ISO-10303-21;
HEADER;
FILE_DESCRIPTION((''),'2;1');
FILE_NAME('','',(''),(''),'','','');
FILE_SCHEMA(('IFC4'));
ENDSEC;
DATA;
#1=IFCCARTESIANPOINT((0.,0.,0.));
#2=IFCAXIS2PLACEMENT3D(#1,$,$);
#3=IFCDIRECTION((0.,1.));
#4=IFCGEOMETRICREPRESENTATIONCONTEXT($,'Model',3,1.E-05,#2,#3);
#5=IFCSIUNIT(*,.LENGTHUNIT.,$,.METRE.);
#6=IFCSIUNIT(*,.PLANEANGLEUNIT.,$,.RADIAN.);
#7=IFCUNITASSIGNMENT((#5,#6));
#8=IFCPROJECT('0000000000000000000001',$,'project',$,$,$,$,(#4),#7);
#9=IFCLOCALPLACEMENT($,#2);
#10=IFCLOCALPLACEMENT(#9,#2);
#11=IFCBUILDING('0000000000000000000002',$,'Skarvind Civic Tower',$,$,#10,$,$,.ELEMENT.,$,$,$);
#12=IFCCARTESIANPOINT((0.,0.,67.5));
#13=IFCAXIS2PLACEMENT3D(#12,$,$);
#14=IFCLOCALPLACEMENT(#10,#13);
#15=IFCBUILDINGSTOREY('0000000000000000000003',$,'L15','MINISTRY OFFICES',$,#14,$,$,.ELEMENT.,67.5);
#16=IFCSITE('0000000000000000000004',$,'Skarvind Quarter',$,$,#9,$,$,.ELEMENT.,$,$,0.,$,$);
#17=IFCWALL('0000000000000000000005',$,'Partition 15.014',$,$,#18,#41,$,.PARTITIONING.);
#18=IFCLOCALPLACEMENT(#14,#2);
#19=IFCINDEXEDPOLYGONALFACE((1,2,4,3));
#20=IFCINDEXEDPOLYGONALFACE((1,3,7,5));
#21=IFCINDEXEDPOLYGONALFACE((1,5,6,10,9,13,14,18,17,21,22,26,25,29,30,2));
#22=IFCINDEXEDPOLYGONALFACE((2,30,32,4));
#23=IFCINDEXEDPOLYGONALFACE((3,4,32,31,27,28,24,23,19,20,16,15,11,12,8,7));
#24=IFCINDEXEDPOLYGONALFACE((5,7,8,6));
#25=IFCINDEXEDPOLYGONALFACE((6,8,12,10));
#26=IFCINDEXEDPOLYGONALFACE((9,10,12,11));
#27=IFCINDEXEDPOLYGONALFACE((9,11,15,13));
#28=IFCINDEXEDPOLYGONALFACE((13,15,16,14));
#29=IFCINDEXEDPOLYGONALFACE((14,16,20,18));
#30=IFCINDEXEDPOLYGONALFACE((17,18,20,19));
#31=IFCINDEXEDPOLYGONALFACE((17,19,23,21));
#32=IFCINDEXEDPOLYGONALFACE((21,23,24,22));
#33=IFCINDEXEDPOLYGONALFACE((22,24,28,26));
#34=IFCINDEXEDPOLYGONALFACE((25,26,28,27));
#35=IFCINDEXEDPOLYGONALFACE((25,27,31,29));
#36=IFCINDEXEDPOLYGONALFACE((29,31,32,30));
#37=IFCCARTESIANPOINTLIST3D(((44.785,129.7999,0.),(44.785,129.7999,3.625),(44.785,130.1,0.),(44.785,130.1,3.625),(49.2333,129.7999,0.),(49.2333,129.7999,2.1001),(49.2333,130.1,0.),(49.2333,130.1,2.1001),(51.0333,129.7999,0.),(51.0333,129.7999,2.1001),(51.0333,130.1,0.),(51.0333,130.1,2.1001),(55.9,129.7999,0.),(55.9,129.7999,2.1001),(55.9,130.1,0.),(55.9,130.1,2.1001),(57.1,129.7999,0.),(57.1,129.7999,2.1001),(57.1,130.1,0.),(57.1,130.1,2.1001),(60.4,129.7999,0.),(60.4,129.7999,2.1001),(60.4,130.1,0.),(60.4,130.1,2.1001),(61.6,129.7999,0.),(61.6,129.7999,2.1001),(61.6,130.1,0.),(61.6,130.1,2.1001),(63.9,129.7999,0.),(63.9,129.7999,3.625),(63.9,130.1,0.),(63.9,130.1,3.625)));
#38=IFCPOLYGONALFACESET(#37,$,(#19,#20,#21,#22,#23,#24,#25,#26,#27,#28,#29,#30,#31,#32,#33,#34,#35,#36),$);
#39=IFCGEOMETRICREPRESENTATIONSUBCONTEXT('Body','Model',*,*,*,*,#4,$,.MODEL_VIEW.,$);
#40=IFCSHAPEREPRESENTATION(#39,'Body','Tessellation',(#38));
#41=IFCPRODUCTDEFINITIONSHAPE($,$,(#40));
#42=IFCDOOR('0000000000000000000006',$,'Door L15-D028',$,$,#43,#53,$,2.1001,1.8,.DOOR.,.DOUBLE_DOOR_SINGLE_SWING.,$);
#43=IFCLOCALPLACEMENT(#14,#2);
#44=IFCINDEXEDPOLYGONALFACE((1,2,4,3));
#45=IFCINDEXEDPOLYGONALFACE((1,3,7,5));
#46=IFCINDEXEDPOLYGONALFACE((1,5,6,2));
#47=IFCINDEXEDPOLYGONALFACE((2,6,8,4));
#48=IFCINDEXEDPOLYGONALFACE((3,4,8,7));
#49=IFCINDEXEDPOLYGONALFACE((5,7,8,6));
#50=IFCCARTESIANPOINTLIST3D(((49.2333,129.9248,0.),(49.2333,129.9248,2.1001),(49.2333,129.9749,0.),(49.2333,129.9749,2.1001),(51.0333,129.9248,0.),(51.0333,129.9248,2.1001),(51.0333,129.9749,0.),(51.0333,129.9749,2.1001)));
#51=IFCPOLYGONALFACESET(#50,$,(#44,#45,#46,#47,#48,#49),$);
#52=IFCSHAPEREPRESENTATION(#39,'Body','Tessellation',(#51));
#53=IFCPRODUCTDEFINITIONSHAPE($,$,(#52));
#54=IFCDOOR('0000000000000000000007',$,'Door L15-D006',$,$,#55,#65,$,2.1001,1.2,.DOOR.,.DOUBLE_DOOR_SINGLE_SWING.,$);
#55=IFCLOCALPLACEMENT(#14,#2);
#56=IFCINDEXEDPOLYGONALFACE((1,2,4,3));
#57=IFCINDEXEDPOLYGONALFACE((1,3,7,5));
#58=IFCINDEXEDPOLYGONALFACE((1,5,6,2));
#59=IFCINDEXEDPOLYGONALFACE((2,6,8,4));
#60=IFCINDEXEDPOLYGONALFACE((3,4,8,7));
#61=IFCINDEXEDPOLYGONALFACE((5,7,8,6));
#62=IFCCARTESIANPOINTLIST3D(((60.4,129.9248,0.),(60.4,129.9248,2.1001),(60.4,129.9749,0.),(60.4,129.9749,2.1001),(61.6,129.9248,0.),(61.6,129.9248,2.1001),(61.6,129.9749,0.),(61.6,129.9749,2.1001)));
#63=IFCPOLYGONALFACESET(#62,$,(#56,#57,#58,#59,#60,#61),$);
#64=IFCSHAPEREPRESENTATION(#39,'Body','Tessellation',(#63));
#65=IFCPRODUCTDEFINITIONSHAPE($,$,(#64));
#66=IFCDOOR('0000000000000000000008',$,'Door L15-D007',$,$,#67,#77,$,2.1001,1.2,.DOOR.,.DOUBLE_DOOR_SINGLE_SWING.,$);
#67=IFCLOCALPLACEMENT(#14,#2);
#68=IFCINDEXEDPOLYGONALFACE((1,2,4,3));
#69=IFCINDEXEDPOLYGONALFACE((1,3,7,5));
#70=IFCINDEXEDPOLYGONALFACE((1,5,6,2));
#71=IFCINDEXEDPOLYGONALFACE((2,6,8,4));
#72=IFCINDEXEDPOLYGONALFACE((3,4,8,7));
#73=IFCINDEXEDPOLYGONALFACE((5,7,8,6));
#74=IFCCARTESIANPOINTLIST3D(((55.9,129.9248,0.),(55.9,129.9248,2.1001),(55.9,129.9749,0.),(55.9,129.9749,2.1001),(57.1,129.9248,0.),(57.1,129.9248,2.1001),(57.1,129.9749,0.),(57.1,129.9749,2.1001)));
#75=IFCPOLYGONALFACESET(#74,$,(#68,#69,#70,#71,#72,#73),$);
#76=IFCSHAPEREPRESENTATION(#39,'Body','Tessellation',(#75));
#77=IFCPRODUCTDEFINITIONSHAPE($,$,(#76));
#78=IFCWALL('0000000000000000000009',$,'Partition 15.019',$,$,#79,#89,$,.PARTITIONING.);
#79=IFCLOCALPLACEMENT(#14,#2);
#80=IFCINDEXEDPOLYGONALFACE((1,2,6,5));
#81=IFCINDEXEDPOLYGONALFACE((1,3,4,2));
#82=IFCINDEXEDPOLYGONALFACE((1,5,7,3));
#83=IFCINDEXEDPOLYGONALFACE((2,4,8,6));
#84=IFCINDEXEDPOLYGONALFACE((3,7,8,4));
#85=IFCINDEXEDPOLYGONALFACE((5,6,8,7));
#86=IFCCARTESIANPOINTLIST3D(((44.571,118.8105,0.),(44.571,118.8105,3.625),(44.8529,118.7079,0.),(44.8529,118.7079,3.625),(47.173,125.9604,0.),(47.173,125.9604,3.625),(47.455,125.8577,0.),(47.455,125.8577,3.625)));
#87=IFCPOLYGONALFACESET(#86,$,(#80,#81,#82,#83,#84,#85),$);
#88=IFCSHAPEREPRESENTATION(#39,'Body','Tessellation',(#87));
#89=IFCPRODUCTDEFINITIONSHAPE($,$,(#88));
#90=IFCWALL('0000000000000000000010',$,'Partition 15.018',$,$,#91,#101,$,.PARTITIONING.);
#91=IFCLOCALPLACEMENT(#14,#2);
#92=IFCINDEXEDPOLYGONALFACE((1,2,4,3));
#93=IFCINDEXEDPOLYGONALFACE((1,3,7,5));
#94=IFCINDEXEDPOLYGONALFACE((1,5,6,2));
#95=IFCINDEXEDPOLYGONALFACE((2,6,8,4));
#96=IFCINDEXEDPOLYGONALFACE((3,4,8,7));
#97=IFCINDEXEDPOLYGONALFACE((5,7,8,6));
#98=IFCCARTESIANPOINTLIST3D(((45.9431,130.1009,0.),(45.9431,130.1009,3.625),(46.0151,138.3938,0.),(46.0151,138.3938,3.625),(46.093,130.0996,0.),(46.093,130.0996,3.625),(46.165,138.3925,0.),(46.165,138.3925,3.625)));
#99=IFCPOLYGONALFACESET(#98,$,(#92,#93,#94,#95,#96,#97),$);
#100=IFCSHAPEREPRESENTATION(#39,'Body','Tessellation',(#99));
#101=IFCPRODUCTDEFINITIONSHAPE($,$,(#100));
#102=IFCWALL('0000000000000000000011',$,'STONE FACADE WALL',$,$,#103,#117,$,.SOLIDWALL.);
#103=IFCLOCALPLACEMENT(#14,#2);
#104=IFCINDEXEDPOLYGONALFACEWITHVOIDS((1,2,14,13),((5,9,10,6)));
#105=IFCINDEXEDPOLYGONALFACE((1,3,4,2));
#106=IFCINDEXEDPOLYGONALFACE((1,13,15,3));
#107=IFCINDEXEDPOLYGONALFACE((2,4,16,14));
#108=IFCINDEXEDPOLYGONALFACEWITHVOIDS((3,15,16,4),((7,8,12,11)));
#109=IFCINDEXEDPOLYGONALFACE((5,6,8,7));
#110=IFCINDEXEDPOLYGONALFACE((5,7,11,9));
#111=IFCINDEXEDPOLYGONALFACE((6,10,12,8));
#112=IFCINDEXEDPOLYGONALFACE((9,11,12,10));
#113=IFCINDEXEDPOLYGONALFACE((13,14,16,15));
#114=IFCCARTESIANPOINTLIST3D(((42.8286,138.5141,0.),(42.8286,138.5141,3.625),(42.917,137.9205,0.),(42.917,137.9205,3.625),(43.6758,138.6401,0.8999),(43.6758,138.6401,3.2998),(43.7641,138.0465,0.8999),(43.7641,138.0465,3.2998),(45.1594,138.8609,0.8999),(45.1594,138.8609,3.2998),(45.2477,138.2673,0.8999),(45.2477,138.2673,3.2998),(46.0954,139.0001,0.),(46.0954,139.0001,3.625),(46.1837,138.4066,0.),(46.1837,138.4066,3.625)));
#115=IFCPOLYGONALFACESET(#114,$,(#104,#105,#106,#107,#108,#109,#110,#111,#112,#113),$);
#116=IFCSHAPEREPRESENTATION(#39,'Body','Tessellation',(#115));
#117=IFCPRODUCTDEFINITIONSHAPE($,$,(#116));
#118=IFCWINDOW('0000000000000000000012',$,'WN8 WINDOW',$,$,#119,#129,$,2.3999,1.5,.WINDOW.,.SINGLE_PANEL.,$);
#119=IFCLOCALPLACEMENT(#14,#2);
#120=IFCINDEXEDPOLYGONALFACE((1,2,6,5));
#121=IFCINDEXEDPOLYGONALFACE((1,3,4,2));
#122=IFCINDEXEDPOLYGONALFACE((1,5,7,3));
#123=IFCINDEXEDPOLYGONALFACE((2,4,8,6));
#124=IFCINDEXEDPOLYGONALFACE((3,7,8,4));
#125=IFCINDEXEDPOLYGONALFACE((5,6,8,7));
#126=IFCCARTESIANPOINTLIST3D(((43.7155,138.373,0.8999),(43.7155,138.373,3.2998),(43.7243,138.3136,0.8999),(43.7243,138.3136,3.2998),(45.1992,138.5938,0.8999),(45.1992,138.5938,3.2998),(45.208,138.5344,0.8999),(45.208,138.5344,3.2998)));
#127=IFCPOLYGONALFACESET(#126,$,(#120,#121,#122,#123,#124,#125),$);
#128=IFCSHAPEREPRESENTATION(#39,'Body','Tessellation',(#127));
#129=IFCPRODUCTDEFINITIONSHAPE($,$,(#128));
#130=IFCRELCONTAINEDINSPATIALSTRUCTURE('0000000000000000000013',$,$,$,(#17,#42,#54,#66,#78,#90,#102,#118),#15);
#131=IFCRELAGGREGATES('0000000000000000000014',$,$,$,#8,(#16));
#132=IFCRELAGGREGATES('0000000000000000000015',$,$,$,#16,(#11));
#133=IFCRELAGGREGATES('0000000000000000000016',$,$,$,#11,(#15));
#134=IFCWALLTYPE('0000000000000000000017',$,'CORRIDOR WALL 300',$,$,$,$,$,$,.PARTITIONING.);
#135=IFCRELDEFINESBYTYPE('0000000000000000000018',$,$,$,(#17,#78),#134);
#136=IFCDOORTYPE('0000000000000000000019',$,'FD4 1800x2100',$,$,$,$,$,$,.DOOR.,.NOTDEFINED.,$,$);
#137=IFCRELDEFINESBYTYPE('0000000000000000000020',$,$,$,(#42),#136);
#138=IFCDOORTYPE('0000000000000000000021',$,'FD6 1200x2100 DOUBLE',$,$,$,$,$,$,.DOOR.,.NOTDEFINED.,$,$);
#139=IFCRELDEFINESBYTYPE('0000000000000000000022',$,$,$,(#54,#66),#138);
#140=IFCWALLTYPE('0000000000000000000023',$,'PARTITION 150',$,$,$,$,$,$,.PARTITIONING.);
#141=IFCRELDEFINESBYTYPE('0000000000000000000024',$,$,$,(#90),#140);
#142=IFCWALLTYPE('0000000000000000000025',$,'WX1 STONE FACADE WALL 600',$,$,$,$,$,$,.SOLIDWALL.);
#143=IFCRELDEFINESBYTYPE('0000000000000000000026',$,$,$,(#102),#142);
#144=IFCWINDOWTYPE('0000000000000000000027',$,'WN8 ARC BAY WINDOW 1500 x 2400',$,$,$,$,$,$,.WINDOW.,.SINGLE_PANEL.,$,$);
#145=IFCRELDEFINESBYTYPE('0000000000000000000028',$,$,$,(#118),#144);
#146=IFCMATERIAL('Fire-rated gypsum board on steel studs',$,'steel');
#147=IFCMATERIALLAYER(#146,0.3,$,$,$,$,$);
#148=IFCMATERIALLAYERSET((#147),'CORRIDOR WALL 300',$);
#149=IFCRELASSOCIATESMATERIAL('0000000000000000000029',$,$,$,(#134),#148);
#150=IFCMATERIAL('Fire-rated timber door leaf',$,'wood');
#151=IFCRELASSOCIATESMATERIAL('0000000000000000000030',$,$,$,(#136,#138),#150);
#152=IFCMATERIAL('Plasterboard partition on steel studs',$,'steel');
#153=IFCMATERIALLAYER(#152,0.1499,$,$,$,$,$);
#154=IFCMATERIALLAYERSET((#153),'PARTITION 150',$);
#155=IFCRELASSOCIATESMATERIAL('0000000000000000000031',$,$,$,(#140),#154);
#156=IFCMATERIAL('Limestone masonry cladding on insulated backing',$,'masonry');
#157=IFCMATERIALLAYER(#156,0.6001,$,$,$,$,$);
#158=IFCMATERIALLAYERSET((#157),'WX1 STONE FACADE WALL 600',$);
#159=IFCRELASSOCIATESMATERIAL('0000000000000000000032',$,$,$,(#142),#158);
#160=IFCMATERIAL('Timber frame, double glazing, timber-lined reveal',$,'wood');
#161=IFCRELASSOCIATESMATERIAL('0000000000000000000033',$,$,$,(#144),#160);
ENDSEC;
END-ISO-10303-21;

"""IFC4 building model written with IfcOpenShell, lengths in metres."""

from ifc_helpers import new_model, si_unit, direction, frame, frame_2d, origin, place, context, subcontext, project, spatial, rectangle, extrude, material, layer, layer_set, type_object, element, fill, save


model = new_model("IFC4")

# Units and contexts
model_context = context("Model", 3, precision=1e-05, world=origin(), true_north=direction((0.0, 1.0)))
body_context = subcontext(model_context, "Body", "Model", "MODEL_VIEW")
ifc_project = project(units=[si_unit("LENGTHUNIT", "METRE"), si_unit("PLANEANGLEUNIT", "RADIAN")], contexts=[model_context])

# Site, building, storey
site_placement = place(None, origin())
site = spatial("IfcSite", under=ifc_project, at=site_placement, Name="Skarvind Quarter", CompositionType="ELEMENT", RefElevation=0.0)
building_placement = place(site_placement, origin())
building = spatial("IfcBuilding", under=site, at=building_placement, Name="Skarvind Civic Tower", CompositionType="ELEMENT")
storey_placement = place(building_placement, frame((0.0, 0.0, 67.5)))
storey = spatial("IfcBuildingStorey", under=building, at=storey_placement, Name="L15", Description="MINISTRY OFFICES", CompositionType="ELEMENT", Elevation=67.5)

# Wall, openings, doors
ifc_material_1 = material(Name="Fire-rated gypsum board on steel studs", Category="steel")
ifc_layer_1 = layer(ifc_material_1, 0.3)
ifc_layer_set_1 = layer_set([ifc_layer_1], Name="CORRIDOR WALL 300")
wall_type_1 = type_object("IfcWallType", Name="CORRIDOR WALL 300", PredefinedType="PARTITIONING", material=ifc_layer_set_1)
wall_1_placement = place(storey_placement, frame((44.7849, 129.95, 0.0), z_axis=(0.0, 0.0, 1.0), x_axis=(1.0, 0.0, 0.0)))
wall_1 = element("IfcWall", 1, at=wall_1_placement, inside=storey, type_object=wall_type_1, Name="Partition 15.014", PredefinedType="PARTITIONING", context=body_context, shape_type="SweptSolid", body=[
    extrude(rectangle(XDim=19.115, YDim=0.3, at=frame_2d((9.5576, 0.0))), origin(), (0.0, 0.0, 1.0), 3.625),
])
opening_1_placement = place(wall_1_placement, frame((15.615, 0.0, 0.0)))
opening_1 = element("IfcOpeningElement", 2, at=opening_1_placement, cuts=wall_1, PredefinedType="OPENING", context=body_context, shape_type="SweptSolid", body=[
    extrude(rectangle(XDim=1.2, YDim=2.1001, at=frame_2d((0.6001, 1.05))), frame((0.0, 0.1599, 0.0), z_axis=(0.0, -1.0, 0.0), x_axis=(1.0, 0.0, 0.0)), (0.0, 0.0, 1.0), 0.3201),
])
opening_2_placement = place(wall_1_placement, frame((11.115, 0.0, 0.0)))
opening_2 = element("IfcOpeningElement", 3, at=opening_2_placement, cuts=wall_1, PredefinedType="OPENING", context=body_context, shape_type="SweptSolid", body=[
    extrude(rectangle(XDim=1.2, YDim=2.1001, at=frame_2d((0.6001, 1.05))), frame((0.0, 0.1599, 0.0), z_axis=(0.0, -1.0, 0.0), x_axis=(1.0, 0.0, 0.0)), (0.0, 0.0, 1.0), 0.3201),
])
opening_3_placement = place(wall_1_placement, frame((4.4485, 0.0, 0.0)))
opening_3 = element("IfcOpeningElement", 4, at=opening_3_placement, cuts=wall_1, PredefinedType="OPENING", context=body_context, shape_type="SweptSolid", body=[
    extrude(rectangle(XDim=1.8, YDim=2.1001, at=frame_2d((0.8999, 1.05))), frame((0.0, 0.1599, 0.0), z_axis=(0.0, -1.0, 0.0), x_axis=(1.0, 0.0, 0.0)), (0.0, 0.0, 1.0), 0.3201),
])
ifc_material_2 = material(Name="Fire-rated timber door leaf", Category="wood")
door_type_1 = type_object("IfcDoorType", Name="FD4 1800x2100", OperationType="NOTDEFINED", PredefinedType="DOOR", material=ifc_material_2)
door_1_placement = place(opening_3_placement, origin())
door_1 = element("IfcDoor", 5, at=door_1_placement, inside=storey, type_object=door_type_1, Name="Door L15-D028", OperationType="DOUBLE_DOOR_SINGLE_SWING", OverallHeight=2.1001, OverallWidth=1.8, PredefinedType="DOOR", context=body_context, shape_type="SweptSolid", body=[
    extrude(rectangle(XDim=1.8, YDim=2.1001, at=frame_2d((0.8999, 1.05))), frame((0.0, 0.0249, 0.0), z_axis=(0.0, -1.0, 0.0), x_axis=(1.0, 0.0, 0.0)), (0.0, 0.0, 1.0), 0.05),
])
fill(opening_3, door_1)
door_type_2 = type_object("IfcDoorType", Name="FD6 1200x2100 DOUBLE", OperationType="NOTDEFINED", PredefinedType="DOOR", material=ifc_material_2)
door_2_placement = place(opening_1_placement, origin())
door_2 = element("IfcDoor", 6, at=door_2_placement, inside=storey, type_object=door_type_2, Name="Door L15-D006", OperationType="DOUBLE_DOOR_SINGLE_SWING", OverallHeight=2.1001, OverallWidth=1.2, PredefinedType="DOOR", context=body_context, shape_type="SweptSolid", body=[
    extrude(rectangle(XDim=1.2, YDim=2.1001, at=frame_2d((0.6001, 1.05))), frame((0.0, 0.0249, 0.0), z_axis=(0.0, -1.0, 0.0), x_axis=(1.0, 0.0, 0.0)), (0.0, 0.0, 1.0), 0.05),
])
fill(opening_1, door_2)
door_3_placement = place(opening_2_placement, origin())
door_3 = element("IfcDoor", 7, at=door_3_placement, inside=storey, type_object=door_type_2, Name="Door L15-D007", OperationType="DOUBLE_DOOR_SINGLE_SWING", OverallHeight=2.1001, OverallWidth=1.2, PredefinedType="DOOR", context=body_context, shape_type="SweptSolid", body=[
    extrude(rectangle(XDim=1.2, YDim=2.1001, at=frame_2d((0.6001, 1.05))), frame((0.0, 0.0249, 0.0), z_axis=(0.0, -1.0, 0.0), x_axis=(1.0, 0.0, 0.0)), (0.0, 0.0, 1.0), 0.05),
])
fill(opening_2, door_3)

# Walls
wall_2_placement = place(storey_placement, frame((47.314, 125.9089, 0.0), z_axis=(0.0, 0.0, 1.0), x_axis=(-0.341985, -0.939705, 0.0)))
element("IfcWall", 8, at=wall_2_placement, inside=storey, type_object=wall_type_1, Name="Partition 15.019", PredefinedType="PARTITIONING", context=body_context, shape_type="SweptSolid", body=[
    extrude(rectangle(XDim=7.6086, YDim=0.3, at=frame_2d((3.8042, 0.0))), origin(), (0.0, 0.0, 1.0), 3.625),
])
ifc_material_3 = material(Name="Plasterboard partition on steel studs", Category="steel")
ifc_layer_2 = layer(ifc_material_3, 0.1499)
ifc_layer_set_2 = layer_set([ifc_layer_2], Name="PARTITION 150")
wall_type_2 = type_object("IfcWallType", Name="PARTITION 150", PredefinedType="PARTITIONING", material=ifc_layer_set_2)
wall_3_placement = place(storey_placement, frame((46.0901, 138.3931, 0.0), z_axis=(0.0, 0.0, 1.0), x_axis=(-0.008684, -0.999962, 0.0)))
element("IfcWall", 9, at=wall_3_placement, inside=storey, type_object=wall_type_2, Name="Partition 15.018", PredefinedType="PARTITIONING", context=body_context, shape_type="SweptSolid", body=[
    extrude(rectangle(XDim=8.2932, YDim=0.1499, at=frame_2d((4.1465, 0.0))), origin(), (0.0, 0.0, 1.0), 3.625),
])

# Shared definitions
ifc_material_4 = material(Name="Limestone masonry cladding on insulated backing", Category="masonry")
ifc_layer_3 = layer(ifc_material_4, 0.6001)
ifc_layer_set_3 = layer_set([ifc_layer_3], Name="WX1 STONE FACADE WALL 600")
wall_type_3 = type_object("IfcWallType", Name="WX1 STONE FACADE WALL 600", PredefinedType="SOLIDWALL", material=ifc_layer_set_3)
ifc_material_5 = material(Name="Timber frame, double glazing, timber-lined reveal", Category="wood")

# Wall, opening, window
wall_4_placement = place(storey_placement, frame((42.8728, 138.2173, 0.0), z_axis=(0.0, 0.0, 1.0), x_axis=(0.989111, 0.147173, 0.0)))
wall_4 = element("IfcWall", 10, at=wall_4_placement, inside=storey, type_object=wall_type_3, Name="STONE FACADE WALL", PredefinedType="SOLIDWALL", context=body_context, shape_type="SweptSolid", body=[
    extrude(rectangle(XDim=3.3027, YDim=0.6001, at=frame_2d((1.6514, 0.0))), origin(), (0.0, 0.0, 1.0), 3.625),
])
opening_4_placement = place(wall_4_placement, frame((0.8564, 0.0, 0.8999)))
opening_4 = element("IfcOpeningElement", 11, at=opening_4_placement, cuts=wall_4, PredefinedType="OPENING", context=body_context, shape_type="SweptSolid", body=[
    extrude(rectangle(XDim=1.5, YDim=2.3999, at=frame_2d((0.75, 1.2))), frame((0.0, 0.3101, 0.0), z_axis=(0.0, -1.0, 0.0), x_axis=(1.0, 0.0, 0.0)), (0.0, 0.0, 1.0), 0.6201),
])
window_type_1 = type_object("IfcWindowType", Name="WN8 ARC BAY WINDOW 1500 x 2400", PartitioningType="SINGLE_PANEL", PredefinedType="WINDOW", material=ifc_material_5)
window_1_placement = place(opening_4_placement, origin())
window_1 = element("IfcWindow", 12, at=window_1_placement, inside=storey, type_object=window_type_1, Name="WN8 WINDOW", OverallHeight=2.3999, OverallWidth=1.5, PartitioningType="SINGLE_PANEL", PredefinedType="WINDOW", context=body_context, shape_type="SweptSolid", body=[
    extrude(rectangle(XDim=1.5, YDim=2.3999, at=frame_2d((0.75, 1.2))), frame((0.0, 0.03, 0.0), z_axis=(0.0, -1.0, 0.0), x_axis=(1.0, 0.0, 0.0)), (0.0, 0.0, 1.0), 0.0601),
])
fill(opening_4, window_1)

save(model, "model.ifc")
